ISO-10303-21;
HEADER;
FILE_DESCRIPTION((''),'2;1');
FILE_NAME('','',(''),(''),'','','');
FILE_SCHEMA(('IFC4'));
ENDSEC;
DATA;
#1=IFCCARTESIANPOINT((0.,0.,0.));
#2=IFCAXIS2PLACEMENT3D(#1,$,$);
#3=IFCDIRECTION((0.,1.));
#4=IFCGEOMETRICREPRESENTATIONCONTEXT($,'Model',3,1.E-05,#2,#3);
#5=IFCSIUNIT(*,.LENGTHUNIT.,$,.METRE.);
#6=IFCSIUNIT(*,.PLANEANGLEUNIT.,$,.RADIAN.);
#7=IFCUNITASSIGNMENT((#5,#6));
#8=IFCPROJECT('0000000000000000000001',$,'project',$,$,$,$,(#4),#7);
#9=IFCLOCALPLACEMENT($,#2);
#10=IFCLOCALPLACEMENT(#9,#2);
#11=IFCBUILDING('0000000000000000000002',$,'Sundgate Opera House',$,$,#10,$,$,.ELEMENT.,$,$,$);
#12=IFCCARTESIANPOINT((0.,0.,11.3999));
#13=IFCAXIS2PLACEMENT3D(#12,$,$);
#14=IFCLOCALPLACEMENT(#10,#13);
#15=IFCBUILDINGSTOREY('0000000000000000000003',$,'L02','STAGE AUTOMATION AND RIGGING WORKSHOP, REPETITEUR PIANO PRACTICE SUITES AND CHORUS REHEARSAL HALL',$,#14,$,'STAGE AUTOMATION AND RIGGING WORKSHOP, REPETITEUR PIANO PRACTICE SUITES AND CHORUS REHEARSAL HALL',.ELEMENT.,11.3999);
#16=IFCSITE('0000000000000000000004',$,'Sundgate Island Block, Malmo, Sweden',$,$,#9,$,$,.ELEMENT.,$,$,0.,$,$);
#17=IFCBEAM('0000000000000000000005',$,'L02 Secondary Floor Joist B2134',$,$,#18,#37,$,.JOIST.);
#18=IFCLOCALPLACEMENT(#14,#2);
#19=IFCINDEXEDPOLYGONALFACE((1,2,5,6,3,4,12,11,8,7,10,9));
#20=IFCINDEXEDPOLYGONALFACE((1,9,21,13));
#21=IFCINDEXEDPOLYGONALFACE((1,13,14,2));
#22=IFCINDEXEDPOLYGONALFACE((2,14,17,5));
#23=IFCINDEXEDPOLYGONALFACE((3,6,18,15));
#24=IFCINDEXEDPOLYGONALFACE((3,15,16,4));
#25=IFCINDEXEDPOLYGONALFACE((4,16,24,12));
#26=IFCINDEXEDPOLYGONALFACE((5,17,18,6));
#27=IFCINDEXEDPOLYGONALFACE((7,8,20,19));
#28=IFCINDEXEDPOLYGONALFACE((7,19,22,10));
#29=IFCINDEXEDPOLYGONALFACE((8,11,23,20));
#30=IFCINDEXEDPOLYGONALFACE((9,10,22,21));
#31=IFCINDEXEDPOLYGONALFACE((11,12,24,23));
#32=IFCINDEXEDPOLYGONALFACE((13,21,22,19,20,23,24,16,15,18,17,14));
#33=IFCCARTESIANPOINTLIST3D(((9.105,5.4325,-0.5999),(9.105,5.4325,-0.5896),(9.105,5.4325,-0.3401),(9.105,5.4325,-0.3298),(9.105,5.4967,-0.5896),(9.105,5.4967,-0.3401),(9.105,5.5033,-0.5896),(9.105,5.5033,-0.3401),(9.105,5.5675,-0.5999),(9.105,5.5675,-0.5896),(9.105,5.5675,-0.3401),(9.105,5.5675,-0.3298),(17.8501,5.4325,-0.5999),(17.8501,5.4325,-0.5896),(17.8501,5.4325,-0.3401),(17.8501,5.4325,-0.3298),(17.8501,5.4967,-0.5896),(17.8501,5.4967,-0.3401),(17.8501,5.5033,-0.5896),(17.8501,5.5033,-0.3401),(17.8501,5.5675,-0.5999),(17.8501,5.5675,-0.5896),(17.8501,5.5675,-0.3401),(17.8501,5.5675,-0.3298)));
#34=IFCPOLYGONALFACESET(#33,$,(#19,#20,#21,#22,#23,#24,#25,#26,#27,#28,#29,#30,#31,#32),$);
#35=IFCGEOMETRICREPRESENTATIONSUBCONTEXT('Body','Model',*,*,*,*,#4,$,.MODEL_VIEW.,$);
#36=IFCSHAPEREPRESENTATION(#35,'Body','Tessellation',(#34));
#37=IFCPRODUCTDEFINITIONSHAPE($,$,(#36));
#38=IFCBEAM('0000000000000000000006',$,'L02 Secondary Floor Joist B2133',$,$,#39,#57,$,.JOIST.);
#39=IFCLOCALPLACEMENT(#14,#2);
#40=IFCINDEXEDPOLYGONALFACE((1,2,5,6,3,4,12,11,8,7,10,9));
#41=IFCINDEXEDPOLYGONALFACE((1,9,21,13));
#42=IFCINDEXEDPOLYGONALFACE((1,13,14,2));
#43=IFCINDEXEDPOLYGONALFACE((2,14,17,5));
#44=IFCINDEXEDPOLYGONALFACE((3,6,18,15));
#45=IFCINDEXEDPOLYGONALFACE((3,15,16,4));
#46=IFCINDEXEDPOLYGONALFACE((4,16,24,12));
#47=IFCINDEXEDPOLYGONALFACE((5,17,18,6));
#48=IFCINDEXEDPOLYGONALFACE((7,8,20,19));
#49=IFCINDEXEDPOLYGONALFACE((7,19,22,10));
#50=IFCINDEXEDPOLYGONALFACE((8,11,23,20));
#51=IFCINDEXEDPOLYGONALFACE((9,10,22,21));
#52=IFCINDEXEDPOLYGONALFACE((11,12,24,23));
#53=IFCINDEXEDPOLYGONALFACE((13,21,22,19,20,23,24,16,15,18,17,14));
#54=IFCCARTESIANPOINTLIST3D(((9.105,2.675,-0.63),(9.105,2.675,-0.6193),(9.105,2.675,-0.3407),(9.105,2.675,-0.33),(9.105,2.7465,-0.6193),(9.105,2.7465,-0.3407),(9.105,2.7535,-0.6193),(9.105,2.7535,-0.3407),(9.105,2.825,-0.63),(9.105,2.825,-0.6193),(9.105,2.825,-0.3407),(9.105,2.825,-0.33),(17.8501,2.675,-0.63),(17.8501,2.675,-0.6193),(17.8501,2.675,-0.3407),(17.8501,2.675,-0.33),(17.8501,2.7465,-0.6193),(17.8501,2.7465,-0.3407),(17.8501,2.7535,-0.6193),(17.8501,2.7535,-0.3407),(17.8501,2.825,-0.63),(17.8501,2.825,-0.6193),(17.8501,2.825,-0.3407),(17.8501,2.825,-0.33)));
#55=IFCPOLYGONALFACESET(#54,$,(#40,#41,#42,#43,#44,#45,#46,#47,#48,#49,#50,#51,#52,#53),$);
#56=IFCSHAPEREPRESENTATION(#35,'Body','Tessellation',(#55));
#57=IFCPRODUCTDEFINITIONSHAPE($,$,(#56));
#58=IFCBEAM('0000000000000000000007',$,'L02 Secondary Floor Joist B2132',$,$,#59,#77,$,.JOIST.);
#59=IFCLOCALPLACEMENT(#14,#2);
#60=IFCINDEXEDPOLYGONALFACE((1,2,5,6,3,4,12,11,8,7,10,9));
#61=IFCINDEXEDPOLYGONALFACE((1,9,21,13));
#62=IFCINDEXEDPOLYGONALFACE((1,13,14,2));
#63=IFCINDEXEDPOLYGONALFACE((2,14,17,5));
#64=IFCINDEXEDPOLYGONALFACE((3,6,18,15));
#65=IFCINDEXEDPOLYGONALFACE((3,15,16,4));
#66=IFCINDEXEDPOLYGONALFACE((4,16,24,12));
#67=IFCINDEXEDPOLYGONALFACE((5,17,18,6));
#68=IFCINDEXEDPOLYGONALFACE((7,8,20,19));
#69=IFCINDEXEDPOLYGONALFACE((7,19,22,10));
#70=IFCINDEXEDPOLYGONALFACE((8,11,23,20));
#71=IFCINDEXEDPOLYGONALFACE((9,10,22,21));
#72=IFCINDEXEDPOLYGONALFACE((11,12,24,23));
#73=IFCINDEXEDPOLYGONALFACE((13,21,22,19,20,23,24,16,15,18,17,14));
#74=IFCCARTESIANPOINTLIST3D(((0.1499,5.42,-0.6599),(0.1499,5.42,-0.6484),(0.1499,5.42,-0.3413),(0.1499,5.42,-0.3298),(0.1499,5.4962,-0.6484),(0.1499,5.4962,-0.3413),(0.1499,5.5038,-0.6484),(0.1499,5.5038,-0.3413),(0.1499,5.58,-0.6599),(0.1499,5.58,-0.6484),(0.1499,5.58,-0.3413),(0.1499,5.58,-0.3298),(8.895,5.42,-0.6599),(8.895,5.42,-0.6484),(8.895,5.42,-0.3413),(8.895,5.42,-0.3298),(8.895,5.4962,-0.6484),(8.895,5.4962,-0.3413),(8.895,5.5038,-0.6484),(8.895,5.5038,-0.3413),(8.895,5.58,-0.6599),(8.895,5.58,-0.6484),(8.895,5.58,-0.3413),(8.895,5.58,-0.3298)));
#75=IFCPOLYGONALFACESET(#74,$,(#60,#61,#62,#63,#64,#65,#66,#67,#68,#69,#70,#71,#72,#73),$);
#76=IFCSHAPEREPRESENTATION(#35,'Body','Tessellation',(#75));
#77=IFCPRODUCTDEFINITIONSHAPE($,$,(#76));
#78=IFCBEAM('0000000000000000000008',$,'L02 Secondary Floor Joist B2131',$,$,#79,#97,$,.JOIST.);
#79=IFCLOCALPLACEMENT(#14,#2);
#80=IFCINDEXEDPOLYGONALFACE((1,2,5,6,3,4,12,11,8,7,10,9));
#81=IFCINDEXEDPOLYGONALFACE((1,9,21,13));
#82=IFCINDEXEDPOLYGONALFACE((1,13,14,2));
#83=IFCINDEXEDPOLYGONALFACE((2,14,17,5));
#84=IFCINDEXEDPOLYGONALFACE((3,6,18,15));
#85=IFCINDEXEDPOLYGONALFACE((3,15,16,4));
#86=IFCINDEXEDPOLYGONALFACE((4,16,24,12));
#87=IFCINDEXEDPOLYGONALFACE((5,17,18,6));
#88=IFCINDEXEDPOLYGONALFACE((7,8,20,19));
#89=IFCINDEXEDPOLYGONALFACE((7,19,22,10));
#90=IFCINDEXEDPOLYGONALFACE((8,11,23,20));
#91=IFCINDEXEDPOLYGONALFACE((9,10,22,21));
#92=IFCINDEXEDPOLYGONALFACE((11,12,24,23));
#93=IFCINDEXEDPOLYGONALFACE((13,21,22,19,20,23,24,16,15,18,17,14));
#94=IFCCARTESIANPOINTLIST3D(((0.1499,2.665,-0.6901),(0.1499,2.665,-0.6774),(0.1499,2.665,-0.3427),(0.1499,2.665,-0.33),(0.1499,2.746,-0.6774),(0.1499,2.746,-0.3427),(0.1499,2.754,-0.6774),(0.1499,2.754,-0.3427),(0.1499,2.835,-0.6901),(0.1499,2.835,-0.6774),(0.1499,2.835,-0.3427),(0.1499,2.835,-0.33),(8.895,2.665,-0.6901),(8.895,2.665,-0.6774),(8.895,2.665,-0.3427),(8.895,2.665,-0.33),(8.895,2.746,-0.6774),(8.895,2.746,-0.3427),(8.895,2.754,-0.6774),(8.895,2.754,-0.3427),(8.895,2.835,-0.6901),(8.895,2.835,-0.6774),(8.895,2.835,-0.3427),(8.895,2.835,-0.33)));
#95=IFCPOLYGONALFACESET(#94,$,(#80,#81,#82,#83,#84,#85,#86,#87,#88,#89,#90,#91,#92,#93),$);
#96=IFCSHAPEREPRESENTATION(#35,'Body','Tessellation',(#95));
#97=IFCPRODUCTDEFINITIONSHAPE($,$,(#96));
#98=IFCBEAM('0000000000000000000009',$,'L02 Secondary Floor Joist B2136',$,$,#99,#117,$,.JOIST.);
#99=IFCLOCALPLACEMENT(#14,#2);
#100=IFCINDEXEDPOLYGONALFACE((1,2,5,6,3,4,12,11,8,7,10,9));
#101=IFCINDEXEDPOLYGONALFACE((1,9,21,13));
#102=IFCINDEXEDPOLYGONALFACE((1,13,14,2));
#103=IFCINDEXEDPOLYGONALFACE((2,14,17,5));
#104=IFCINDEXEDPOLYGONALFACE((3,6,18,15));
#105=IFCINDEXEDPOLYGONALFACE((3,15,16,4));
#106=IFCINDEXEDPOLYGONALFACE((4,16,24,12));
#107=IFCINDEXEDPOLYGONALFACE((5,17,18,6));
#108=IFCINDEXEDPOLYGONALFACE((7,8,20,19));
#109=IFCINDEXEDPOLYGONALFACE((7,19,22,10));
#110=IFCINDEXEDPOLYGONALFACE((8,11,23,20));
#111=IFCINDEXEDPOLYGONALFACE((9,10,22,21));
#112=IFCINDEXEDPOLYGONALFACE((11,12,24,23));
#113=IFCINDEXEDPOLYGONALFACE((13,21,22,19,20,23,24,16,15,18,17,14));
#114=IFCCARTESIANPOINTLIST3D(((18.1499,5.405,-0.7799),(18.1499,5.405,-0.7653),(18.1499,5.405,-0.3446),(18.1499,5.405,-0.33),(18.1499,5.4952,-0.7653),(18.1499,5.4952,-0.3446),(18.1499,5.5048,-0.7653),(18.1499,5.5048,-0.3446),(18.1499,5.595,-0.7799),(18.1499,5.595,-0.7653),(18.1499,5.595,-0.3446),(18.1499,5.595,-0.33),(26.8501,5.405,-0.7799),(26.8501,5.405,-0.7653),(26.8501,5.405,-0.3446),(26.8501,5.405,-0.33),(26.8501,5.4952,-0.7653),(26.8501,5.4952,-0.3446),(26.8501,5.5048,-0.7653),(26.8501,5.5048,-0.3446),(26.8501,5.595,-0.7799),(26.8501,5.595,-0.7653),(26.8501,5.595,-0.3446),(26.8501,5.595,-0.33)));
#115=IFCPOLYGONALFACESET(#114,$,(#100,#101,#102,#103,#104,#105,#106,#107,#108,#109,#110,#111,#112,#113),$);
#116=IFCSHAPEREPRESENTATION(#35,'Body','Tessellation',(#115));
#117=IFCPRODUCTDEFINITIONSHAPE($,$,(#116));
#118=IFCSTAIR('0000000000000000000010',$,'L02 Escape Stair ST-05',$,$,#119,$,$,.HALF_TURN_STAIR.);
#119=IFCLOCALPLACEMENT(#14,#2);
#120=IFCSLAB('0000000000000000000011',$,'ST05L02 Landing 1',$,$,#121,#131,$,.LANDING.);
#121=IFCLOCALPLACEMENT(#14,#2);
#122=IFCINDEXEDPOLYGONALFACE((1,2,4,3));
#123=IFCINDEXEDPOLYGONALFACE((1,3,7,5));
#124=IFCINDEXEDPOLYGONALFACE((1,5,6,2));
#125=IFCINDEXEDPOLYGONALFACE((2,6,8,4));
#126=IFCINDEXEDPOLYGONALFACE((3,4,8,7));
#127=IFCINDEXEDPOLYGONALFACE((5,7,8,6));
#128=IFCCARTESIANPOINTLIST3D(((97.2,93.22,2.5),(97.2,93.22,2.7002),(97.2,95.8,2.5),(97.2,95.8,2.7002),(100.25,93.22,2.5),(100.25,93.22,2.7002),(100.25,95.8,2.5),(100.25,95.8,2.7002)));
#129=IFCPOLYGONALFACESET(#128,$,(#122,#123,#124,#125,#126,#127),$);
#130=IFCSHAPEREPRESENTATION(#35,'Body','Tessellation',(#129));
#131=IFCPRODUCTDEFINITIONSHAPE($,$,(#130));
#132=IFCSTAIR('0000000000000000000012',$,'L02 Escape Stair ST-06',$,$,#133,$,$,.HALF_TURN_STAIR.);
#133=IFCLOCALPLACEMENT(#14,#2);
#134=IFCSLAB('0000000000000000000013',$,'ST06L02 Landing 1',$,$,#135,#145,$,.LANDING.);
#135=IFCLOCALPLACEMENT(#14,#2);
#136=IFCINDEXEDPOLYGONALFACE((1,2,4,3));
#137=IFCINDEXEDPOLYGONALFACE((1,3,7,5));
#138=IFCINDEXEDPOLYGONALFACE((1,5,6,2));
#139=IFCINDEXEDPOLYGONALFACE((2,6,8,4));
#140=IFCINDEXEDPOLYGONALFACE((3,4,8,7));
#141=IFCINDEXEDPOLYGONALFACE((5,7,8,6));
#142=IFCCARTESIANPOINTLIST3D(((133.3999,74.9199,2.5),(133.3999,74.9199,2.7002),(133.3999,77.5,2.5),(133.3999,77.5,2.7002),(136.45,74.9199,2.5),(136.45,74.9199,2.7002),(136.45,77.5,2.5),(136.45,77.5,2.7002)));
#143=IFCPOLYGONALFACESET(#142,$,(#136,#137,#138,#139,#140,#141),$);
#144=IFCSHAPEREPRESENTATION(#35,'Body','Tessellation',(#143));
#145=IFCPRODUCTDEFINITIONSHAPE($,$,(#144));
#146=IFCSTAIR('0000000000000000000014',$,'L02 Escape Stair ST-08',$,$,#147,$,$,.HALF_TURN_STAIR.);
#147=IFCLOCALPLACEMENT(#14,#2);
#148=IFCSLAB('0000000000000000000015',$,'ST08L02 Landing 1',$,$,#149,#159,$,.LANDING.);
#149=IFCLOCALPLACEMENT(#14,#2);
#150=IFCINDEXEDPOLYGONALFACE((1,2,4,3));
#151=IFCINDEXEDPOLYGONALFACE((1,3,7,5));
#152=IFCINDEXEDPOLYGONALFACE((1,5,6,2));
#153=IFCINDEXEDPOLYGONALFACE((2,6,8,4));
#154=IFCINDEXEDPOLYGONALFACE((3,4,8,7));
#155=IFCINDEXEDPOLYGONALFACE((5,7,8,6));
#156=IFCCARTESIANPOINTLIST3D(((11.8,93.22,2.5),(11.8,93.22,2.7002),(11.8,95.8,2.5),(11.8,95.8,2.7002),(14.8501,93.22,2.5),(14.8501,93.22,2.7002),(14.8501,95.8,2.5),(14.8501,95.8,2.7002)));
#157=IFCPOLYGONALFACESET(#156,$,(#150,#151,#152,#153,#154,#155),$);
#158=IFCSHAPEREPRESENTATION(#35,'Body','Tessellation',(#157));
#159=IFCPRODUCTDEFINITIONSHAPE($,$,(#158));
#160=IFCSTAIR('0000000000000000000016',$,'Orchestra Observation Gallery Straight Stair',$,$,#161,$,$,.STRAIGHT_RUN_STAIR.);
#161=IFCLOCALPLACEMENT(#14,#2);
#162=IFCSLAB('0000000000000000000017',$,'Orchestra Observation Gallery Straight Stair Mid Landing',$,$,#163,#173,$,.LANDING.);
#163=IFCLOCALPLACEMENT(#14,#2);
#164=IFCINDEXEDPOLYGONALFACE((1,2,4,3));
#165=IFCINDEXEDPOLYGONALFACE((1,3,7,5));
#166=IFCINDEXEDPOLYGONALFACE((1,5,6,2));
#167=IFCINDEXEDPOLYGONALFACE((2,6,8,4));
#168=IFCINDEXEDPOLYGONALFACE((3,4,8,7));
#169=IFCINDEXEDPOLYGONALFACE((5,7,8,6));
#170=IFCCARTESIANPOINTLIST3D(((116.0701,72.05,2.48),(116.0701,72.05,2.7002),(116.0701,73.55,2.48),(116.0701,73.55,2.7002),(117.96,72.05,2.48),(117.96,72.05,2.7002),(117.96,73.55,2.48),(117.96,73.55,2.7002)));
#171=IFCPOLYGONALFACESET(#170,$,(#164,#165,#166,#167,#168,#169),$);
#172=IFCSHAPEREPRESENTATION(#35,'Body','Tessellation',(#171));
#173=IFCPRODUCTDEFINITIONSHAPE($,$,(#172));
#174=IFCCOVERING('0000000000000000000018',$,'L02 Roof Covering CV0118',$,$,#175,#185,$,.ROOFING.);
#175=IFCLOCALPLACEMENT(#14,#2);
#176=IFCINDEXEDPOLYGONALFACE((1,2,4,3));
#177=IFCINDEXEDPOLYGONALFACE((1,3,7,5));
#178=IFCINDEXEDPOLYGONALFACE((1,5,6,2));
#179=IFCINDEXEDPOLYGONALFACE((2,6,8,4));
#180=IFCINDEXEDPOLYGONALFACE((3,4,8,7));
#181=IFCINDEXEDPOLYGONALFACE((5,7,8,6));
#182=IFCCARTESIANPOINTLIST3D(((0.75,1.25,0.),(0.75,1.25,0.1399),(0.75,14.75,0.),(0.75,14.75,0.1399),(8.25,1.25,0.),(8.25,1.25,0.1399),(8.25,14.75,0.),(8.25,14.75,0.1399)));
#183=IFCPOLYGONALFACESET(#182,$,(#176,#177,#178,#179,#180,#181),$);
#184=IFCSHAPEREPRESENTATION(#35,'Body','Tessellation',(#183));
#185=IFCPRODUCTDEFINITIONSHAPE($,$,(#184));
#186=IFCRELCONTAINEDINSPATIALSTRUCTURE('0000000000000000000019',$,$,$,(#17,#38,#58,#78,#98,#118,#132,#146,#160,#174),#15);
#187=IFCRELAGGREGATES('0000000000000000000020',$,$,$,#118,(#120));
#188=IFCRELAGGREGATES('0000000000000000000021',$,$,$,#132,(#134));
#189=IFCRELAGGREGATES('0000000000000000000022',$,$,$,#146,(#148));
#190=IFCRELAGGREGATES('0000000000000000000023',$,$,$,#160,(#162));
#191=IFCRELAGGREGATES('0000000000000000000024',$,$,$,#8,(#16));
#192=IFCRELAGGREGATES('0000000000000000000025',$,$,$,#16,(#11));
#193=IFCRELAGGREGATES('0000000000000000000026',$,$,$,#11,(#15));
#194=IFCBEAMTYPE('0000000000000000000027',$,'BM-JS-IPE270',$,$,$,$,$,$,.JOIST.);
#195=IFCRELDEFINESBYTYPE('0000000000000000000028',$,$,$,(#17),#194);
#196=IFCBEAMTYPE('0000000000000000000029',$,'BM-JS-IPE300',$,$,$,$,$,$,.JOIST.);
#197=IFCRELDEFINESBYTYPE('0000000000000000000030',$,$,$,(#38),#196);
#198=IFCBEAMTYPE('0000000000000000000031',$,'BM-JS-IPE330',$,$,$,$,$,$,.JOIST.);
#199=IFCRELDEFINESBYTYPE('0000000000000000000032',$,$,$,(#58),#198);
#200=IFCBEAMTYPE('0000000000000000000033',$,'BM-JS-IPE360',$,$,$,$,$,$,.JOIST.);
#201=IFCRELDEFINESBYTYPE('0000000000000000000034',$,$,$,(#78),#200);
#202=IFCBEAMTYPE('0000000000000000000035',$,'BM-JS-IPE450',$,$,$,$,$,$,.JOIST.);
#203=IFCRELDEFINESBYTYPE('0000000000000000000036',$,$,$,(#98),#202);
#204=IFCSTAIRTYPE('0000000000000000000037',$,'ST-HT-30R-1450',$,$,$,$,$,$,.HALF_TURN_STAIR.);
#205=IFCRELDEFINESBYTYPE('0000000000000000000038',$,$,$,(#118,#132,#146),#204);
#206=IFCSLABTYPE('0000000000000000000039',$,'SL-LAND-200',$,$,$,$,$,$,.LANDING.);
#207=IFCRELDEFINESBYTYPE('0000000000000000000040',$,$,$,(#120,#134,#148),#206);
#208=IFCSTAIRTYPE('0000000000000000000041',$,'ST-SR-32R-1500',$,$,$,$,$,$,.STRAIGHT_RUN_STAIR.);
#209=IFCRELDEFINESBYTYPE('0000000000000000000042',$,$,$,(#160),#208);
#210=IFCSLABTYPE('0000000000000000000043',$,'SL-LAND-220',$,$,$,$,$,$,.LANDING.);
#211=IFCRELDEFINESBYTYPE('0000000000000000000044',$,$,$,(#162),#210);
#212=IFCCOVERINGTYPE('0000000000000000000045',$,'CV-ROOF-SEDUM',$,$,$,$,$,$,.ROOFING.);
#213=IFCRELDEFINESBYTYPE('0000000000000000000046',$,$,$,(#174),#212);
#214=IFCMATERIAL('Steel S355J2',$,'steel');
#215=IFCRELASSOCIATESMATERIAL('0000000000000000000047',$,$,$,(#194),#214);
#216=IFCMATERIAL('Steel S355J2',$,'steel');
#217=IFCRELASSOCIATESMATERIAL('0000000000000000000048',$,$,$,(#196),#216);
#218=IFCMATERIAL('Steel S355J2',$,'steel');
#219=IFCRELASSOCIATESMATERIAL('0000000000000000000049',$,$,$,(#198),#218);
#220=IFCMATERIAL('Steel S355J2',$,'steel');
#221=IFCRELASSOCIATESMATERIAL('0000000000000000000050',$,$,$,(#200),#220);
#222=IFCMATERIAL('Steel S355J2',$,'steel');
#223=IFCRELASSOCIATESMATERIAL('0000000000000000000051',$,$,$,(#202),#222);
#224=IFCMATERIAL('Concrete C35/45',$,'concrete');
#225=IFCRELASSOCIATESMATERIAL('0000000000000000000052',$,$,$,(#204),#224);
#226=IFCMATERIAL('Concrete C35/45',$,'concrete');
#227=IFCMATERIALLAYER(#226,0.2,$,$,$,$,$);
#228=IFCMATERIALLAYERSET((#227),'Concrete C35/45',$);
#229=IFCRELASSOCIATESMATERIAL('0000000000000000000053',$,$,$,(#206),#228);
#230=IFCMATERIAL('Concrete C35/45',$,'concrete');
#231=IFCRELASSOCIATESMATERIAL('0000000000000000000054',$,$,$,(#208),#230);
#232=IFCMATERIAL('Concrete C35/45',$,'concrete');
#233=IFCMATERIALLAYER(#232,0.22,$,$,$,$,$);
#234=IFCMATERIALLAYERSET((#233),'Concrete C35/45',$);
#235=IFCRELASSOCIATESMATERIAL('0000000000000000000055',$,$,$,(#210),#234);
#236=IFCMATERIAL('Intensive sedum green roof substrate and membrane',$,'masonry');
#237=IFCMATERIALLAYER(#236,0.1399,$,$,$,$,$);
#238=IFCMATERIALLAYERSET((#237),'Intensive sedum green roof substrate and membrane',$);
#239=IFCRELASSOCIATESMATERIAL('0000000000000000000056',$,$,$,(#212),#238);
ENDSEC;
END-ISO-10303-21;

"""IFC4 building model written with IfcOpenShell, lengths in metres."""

from ifc_helpers import new_model, si_unit, direction, frame, origin, origin_2d, place, context, subcontext, project, spatial, polyline, rectangle, i_section, outline, extrude, material, layer, layer_set, material_profile, profile_set, type_object, element, aggregate, save


model = new_model("IFC4")

# Units and contexts
model_context = context("Model", 3, precision=1e-05, world=origin(), true_north=direction((0.0, 1.0)))
body_context = subcontext(model_context, "Body", "Model", "MODEL_VIEW")
ifc_project = project(units=[si_unit("LENGTHUNIT", "METRE"), si_unit("PLANEANGLEUNIT", "RADIAN")], contexts=[model_context])

# Site, building, storey
site_placement = place(None, origin())
site = spatial("IfcSite", under=ifc_project, at=site_placement, Name="Sundgate Island Block, Malmo, Sweden", CompositionType="ELEMENT", RefElevation=0.0)
building_placement = place(site_placement, origin())
building = spatial("IfcBuilding", under=site, at=building_placement, Name="Sundgate Opera House", CompositionType="ELEMENT")
storey_placement = place(building_placement, frame((0.0, 0.0, 11.3999)))
storey = spatial("IfcBuildingStorey", under=building, at=storey_placement, Name="L02", Description="STAGE AUTOMATION AND RIGGING WORKSHOP, REPETITEUR PIANO PRACTICE SUITES AND CHORUS REHEARSAL HALL", LongName="STAGE AUTOMATION AND RIGGING WORKSHOP, REPETITEUR PIANO PRACTICE SUITES AND CHORUS REHEARSAL HALL", CompositionType="ELEMENT", Elevation=11.3999)

# Beams
ifc_material_1 = material(Name="Steel S355J2", Category="steel")
ifc_material_profile_1 = material_profile(ifc_material_1, i_section(OverallWidth=0.135, OverallDepth=0.27, WebThickness=0.0066, FlangeThickness=0.0103, at=origin_2d()), Name="IPE 270")
ifc_profile_set_1 = profile_set([ifc_material_profile_1], Name="Steel S355J2")
beam_type_1 = type_object("IfcBeamType", Name="BM-JS-IPE270", PredefinedType="JOIST", material=ifc_profile_set_1)
beam_1_placement = place(storey_placement, frame((9.105, 5.5, -0.4648), z_axis=(1.0, 0.0, 0.0), x_axis=(0.0, 1.0, 0.0)))
element("IfcBeam", 1, at=beam_1_placement, inside=storey, type_object=beam_type_1, Name="L02 Secondary Floor Joist B2134", PredefinedType="JOIST", context=body_context, shape_type="SweptSolid", body=[
    extrude(i_section(OverallWidth=0.135, OverallDepth=0.27, WebThickness=0.0066, FlangeThickness=0.0103, at=origin_2d()), origin(), (0.0, 0.0, 1.0), 8.7451),
])
ifc_material_2 = material(Name="Steel S355J2", Category="steel")
ifc_material_profile_2 = material_profile(ifc_material_2, i_section(OverallWidth=0.1499, OverallDepth=0.3, WebThickness=0.0071, FlangeThickness=0.0107, at=origin_2d()), Name="IPE 300")
ifc_profile_set_2 = profile_set([ifc_material_profile_2], Name="Steel S355J2")
beam_type_2 = type_object("IfcBeamType", Name="BM-JS-IPE300", PredefinedType="JOIST", material=ifc_profile_set_2)
beam_2_placement = place(storey_placement, frame((9.105, 2.75, -0.48), z_axis=(1.0, 0.0, 0.0), x_axis=(0.0, 1.0, 0.0)))
element("IfcBeam", 2, at=beam_2_placement, inside=storey, type_object=beam_type_2, Name="L02 Secondary Floor Joist B2133", PredefinedType="JOIST", context=body_context, shape_type="SweptSolid", body=[
    extrude(i_section(OverallWidth=0.1499, OverallDepth=0.3, WebThickness=0.0071, FlangeThickness=0.0107, at=origin_2d()), origin(), (0.0, 0.0, 1.0), 8.7451),
])
ifc_material_3 = material(Name="Steel S355J2", Category="steel")
ifc_material_profile_3 = material_profile(ifc_material_3, i_section(OverallWidth=0.1599, OverallDepth=0.3301, WebThickness=0.0076, FlangeThickness=0.0115, at=origin_2d()), Name="IPE 330")
ifc_profile_set_3 = profile_set([ifc_material_profile_3], Name="Steel S355J2")
beam_type_3 = type_object("IfcBeamType", Name="BM-JS-IPE330", PredefinedType="JOIST", material=ifc_profile_set_3)
beam_3_placement = place(storey_placement, frame((0.1499, 5.5, -0.4949), z_axis=(1.0, 0.0, 0.0), x_axis=(0.0, 1.0, 0.0)))
element("IfcBeam", 3, at=beam_3_placement, inside=storey, type_object=beam_type_3, Name="L02 Secondary Floor Joist B2132", PredefinedType="JOIST", context=body_context, shape_type="SweptSolid", body=[
    extrude(i_section(OverallWidth=0.1599, OverallDepth=0.3301, WebThickness=0.0076, FlangeThickness=0.0115, at=origin_2d()), origin(), (0.0, 0.0, 1.0), 8.7451),
])
ifc_material_4 = material(Name="Steel S355J2", Category="steel")
ifc_material_profile_4 = material_profile(ifc_material_4, i_section(OverallWidth=0.1699, OverallDepth=0.3601, WebThickness=0.0081, FlangeThickness=0.0127, at=origin_2d()), Name="IPE 360")
ifc_profile_set_4 = profile_set([ifc_material_profile_4], Name="Steel S355J2")
beam_type_4 = type_object("IfcBeamType", Name="BM-JS-IPE360", PredefinedType="JOIST", material=ifc_profile_set_4)
beam_4_placement = place(storey_placement, frame((0.1499, 2.75, -0.51), z_axis=(1.0, 0.0, 0.0), x_axis=(0.0, 1.0, 0.0)))
element("IfcBeam", 4, at=beam_4_placement, inside=storey, type_object=beam_type_4, Name="L02 Secondary Floor Joist B2131", PredefinedType="JOIST", context=body_context, shape_type="SweptSolid", body=[
    extrude(i_section(OverallWidth=0.1699, OverallDepth=0.3601, WebThickness=0.0081, FlangeThickness=0.0127, at=origin_2d()), origin(), (0.0, 0.0, 1.0), 8.7451),
])
ifc_material_5 = material(Name="Steel S355J2", Category="steel")
ifc_material_profile_5 = material_profile(ifc_material_5, i_section(OverallWidth=0.1899, OverallDepth=0.45, WebThickness=0.0095, FlangeThickness=0.0146, at=origin_2d()), Name="IPE 450")
ifc_profile_set_5 = profile_set([ifc_material_profile_5], Name="Steel S355J2")
beam_type_5 = type_object("IfcBeamType", Name="BM-JS-IPE450", PredefinedType="JOIST", material=ifc_profile_set_5)
beam_5_placement = place(storey_placement, frame((18.1499, 5.5, -0.5549), z_axis=(1.0, 0.0, 0.0), x_axis=(0.0, 1.0, 0.0)))
element("IfcBeam", 5, at=beam_5_placement, inside=storey, type_object=beam_type_5, Name="L02 Secondary Floor Joist B2136", PredefinedType="JOIST", context=body_context, shape_type="SweptSolid", body=[
    extrude(i_section(OverallWidth=0.1899, OverallDepth=0.45, WebThickness=0.0095, FlangeThickness=0.0146, at=origin_2d()), origin(), (0.0, 0.0, 1.0), 8.7002),
])

# Stairs, slabs
ifc_material_6 = material(Name="Concrete C35/45", Category="concrete")
stair_type_1 = type_object("IfcStairType", Name="ST-HT-30R-1450", PredefinedType="HALF_TURN_STAIR", material=ifc_material_6)
stair_1_placement = place(storey_placement, origin())
stair_1 = element("IfcStair", 6, at=stair_1_placement, inside=storey, type_object=stair_type_1, Name="L02 Escape Stair ST-05", PredefinedType="HALF_TURN_STAIR")
ifc_material_7 = material(Name="Concrete C35/45", Category="concrete")
ifc_layer_1 = layer(ifc_material_7, 0.2)
ifc_layer_set_1 = layer_set([ifc_layer_1], Name="Concrete C35/45")
slab_type_1 = type_object("IfcSlabType", Name="SL-LAND-200", PredefinedType="LANDING", material=ifc_layer_set_1)
slab_1_placement = place(storey_placement, frame((0.0, 0.0, 2.5)))
slab_1 = element("IfcSlab", 7, at=slab_1_placement, type_object=slab_type_1, Name="ST05L02 Landing 1", PredefinedType="LANDING", context=body_context, shape_type="SweptSolid", body=[
    extrude(outline(polyline([(100.25, 93.22), (100.25, 95.8), (97.2, 95.8), (97.2, 93.22), (100.25, 93.22)])), origin(), (0.0, 0.0, 1.0), 0.2002),
])
aggregate(stair_1, [slab_1])
stair_2_placement = place(storey_placement, origin())
stair_2 = element("IfcStair", 8, at=stair_2_placement, inside=storey, type_object=stair_type_1, Name="L02 Escape Stair ST-06", PredefinedType="HALF_TURN_STAIR")
slab_2_placement = place(storey_placement, frame((0.0, 0.0, 2.5)))
slab_2 = element("IfcSlab", 9, at=slab_2_placement, type_object=slab_type_1, Name="ST06L02 Landing 1", PredefinedType="LANDING", context=body_context, shape_type="SweptSolid", body=[
    extrude(outline(polyline([(136.45, 74.9199), (136.45, 77.5), (133.3999, 77.5), (133.3999, 74.9199), (136.45, 74.9199)])), origin(), (0.0, 0.0, 1.0), 0.2002),
])
aggregate(stair_2, [slab_2])
stair_3_placement = place(storey_placement, origin())
stair_3 = element("IfcStair", 10, at=stair_3_placement, inside=storey, type_object=stair_type_1, Name="L02 Escape Stair ST-08", PredefinedType="HALF_TURN_STAIR")
slab_3_placement = place(storey_placement, frame((0.0, 0.0, 2.5)))
slab_3 = element("IfcSlab", 11, at=slab_3_placement, type_object=slab_type_1, Name="ST08L02 Landing 1", PredefinedType="LANDING", context=body_context, shape_type="SweptSolid", body=[
    extrude(outline(polyline([(14.8501, 93.22), (14.8501, 95.8), (11.8, 95.8), (11.8, 93.22), (14.8501, 93.22)])), origin(), (0.0, 0.0, 1.0), 0.2002),
])
aggregate(stair_3, [slab_3])
ifc_material_8 = material(Name="Concrete C35/45", Category="concrete")
stair_type_2 = type_object("IfcStairType", Name="ST-SR-32R-1500", PredefinedType="STRAIGHT_RUN_STAIR", material=ifc_material_8)
stair_4_placement = place(storey_placement, origin())
stair_4 = element("IfcStair", 12, at=stair_4_placement, inside=storey, type_object=stair_type_2, Name="Orchestra Observation Gallery Straight Stair", PredefinedType="STRAIGHT_RUN_STAIR")
ifc_material_9 = material(Name="Concrete C35/45", Category="concrete")
ifc_layer_2 = layer(ifc_material_9, 0.22)
ifc_layer_set_2 = layer_set([ifc_layer_2], Name="Concrete C35/45")
slab_type_2 = type_object("IfcSlabType", Name="SL-LAND-220", PredefinedType="LANDING", material=ifc_layer_set_2)
slab_4_placement = place(storey_placement, frame((0.0, 0.0, 2.48)))
slab_4 = element("IfcSlab", 13, at=slab_4_placement, type_object=slab_type_2, Name="Orchestra Observation Gallery Straight Stair Mid Landing", PredefinedType="LANDING", context=body_context, shape_type="SweptSolid", body=[
    extrude(outline(polyline([(116.0701, 72.05), (117.96, 72.05), (117.96, 73.55), (116.0701, 73.55), (116.0701, 72.05)])), origin(), (0.0, 0.0, 1.0), 0.2202),
])
aggregate(stair_4, [slab_4])

# Covering
ifc_material_10 = material(Name="Intensive sedum green roof substrate and membrane", Category="masonry")
ifc_layer_3 = layer(ifc_material_10, 0.1399)
ifc_layer_set_3 = layer_set([ifc_layer_3], Name="Intensive sedum green roof substrate and membrane")
covering_type = type_object("IfcCoveringType", Name="CV-ROOF-SEDUM", PredefinedType="ROOFING", material=ifc_layer_set_3)
covering_placement = place(storey_placement, frame((4.5, 8.0, 0.0), z_axis=(0.0, 0.0, 1.0), x_axis=(1.0, 0.0, 0.0)))
element("IfcCovering", 14, at=covering_placement, inside=storey, type_object=covering_type, Name="L02 Roof Covering CV0118", PredefinedType="ROOFING", context=body_context, shape_type="SweptSolid", body=[
    extrude(rectangle(XDim=7.5, YDim=13.5, at=origin_2d()), origin(), (0.0, 0.0, 1.0), 0.1399),
])

save(model, "model.ifc")
